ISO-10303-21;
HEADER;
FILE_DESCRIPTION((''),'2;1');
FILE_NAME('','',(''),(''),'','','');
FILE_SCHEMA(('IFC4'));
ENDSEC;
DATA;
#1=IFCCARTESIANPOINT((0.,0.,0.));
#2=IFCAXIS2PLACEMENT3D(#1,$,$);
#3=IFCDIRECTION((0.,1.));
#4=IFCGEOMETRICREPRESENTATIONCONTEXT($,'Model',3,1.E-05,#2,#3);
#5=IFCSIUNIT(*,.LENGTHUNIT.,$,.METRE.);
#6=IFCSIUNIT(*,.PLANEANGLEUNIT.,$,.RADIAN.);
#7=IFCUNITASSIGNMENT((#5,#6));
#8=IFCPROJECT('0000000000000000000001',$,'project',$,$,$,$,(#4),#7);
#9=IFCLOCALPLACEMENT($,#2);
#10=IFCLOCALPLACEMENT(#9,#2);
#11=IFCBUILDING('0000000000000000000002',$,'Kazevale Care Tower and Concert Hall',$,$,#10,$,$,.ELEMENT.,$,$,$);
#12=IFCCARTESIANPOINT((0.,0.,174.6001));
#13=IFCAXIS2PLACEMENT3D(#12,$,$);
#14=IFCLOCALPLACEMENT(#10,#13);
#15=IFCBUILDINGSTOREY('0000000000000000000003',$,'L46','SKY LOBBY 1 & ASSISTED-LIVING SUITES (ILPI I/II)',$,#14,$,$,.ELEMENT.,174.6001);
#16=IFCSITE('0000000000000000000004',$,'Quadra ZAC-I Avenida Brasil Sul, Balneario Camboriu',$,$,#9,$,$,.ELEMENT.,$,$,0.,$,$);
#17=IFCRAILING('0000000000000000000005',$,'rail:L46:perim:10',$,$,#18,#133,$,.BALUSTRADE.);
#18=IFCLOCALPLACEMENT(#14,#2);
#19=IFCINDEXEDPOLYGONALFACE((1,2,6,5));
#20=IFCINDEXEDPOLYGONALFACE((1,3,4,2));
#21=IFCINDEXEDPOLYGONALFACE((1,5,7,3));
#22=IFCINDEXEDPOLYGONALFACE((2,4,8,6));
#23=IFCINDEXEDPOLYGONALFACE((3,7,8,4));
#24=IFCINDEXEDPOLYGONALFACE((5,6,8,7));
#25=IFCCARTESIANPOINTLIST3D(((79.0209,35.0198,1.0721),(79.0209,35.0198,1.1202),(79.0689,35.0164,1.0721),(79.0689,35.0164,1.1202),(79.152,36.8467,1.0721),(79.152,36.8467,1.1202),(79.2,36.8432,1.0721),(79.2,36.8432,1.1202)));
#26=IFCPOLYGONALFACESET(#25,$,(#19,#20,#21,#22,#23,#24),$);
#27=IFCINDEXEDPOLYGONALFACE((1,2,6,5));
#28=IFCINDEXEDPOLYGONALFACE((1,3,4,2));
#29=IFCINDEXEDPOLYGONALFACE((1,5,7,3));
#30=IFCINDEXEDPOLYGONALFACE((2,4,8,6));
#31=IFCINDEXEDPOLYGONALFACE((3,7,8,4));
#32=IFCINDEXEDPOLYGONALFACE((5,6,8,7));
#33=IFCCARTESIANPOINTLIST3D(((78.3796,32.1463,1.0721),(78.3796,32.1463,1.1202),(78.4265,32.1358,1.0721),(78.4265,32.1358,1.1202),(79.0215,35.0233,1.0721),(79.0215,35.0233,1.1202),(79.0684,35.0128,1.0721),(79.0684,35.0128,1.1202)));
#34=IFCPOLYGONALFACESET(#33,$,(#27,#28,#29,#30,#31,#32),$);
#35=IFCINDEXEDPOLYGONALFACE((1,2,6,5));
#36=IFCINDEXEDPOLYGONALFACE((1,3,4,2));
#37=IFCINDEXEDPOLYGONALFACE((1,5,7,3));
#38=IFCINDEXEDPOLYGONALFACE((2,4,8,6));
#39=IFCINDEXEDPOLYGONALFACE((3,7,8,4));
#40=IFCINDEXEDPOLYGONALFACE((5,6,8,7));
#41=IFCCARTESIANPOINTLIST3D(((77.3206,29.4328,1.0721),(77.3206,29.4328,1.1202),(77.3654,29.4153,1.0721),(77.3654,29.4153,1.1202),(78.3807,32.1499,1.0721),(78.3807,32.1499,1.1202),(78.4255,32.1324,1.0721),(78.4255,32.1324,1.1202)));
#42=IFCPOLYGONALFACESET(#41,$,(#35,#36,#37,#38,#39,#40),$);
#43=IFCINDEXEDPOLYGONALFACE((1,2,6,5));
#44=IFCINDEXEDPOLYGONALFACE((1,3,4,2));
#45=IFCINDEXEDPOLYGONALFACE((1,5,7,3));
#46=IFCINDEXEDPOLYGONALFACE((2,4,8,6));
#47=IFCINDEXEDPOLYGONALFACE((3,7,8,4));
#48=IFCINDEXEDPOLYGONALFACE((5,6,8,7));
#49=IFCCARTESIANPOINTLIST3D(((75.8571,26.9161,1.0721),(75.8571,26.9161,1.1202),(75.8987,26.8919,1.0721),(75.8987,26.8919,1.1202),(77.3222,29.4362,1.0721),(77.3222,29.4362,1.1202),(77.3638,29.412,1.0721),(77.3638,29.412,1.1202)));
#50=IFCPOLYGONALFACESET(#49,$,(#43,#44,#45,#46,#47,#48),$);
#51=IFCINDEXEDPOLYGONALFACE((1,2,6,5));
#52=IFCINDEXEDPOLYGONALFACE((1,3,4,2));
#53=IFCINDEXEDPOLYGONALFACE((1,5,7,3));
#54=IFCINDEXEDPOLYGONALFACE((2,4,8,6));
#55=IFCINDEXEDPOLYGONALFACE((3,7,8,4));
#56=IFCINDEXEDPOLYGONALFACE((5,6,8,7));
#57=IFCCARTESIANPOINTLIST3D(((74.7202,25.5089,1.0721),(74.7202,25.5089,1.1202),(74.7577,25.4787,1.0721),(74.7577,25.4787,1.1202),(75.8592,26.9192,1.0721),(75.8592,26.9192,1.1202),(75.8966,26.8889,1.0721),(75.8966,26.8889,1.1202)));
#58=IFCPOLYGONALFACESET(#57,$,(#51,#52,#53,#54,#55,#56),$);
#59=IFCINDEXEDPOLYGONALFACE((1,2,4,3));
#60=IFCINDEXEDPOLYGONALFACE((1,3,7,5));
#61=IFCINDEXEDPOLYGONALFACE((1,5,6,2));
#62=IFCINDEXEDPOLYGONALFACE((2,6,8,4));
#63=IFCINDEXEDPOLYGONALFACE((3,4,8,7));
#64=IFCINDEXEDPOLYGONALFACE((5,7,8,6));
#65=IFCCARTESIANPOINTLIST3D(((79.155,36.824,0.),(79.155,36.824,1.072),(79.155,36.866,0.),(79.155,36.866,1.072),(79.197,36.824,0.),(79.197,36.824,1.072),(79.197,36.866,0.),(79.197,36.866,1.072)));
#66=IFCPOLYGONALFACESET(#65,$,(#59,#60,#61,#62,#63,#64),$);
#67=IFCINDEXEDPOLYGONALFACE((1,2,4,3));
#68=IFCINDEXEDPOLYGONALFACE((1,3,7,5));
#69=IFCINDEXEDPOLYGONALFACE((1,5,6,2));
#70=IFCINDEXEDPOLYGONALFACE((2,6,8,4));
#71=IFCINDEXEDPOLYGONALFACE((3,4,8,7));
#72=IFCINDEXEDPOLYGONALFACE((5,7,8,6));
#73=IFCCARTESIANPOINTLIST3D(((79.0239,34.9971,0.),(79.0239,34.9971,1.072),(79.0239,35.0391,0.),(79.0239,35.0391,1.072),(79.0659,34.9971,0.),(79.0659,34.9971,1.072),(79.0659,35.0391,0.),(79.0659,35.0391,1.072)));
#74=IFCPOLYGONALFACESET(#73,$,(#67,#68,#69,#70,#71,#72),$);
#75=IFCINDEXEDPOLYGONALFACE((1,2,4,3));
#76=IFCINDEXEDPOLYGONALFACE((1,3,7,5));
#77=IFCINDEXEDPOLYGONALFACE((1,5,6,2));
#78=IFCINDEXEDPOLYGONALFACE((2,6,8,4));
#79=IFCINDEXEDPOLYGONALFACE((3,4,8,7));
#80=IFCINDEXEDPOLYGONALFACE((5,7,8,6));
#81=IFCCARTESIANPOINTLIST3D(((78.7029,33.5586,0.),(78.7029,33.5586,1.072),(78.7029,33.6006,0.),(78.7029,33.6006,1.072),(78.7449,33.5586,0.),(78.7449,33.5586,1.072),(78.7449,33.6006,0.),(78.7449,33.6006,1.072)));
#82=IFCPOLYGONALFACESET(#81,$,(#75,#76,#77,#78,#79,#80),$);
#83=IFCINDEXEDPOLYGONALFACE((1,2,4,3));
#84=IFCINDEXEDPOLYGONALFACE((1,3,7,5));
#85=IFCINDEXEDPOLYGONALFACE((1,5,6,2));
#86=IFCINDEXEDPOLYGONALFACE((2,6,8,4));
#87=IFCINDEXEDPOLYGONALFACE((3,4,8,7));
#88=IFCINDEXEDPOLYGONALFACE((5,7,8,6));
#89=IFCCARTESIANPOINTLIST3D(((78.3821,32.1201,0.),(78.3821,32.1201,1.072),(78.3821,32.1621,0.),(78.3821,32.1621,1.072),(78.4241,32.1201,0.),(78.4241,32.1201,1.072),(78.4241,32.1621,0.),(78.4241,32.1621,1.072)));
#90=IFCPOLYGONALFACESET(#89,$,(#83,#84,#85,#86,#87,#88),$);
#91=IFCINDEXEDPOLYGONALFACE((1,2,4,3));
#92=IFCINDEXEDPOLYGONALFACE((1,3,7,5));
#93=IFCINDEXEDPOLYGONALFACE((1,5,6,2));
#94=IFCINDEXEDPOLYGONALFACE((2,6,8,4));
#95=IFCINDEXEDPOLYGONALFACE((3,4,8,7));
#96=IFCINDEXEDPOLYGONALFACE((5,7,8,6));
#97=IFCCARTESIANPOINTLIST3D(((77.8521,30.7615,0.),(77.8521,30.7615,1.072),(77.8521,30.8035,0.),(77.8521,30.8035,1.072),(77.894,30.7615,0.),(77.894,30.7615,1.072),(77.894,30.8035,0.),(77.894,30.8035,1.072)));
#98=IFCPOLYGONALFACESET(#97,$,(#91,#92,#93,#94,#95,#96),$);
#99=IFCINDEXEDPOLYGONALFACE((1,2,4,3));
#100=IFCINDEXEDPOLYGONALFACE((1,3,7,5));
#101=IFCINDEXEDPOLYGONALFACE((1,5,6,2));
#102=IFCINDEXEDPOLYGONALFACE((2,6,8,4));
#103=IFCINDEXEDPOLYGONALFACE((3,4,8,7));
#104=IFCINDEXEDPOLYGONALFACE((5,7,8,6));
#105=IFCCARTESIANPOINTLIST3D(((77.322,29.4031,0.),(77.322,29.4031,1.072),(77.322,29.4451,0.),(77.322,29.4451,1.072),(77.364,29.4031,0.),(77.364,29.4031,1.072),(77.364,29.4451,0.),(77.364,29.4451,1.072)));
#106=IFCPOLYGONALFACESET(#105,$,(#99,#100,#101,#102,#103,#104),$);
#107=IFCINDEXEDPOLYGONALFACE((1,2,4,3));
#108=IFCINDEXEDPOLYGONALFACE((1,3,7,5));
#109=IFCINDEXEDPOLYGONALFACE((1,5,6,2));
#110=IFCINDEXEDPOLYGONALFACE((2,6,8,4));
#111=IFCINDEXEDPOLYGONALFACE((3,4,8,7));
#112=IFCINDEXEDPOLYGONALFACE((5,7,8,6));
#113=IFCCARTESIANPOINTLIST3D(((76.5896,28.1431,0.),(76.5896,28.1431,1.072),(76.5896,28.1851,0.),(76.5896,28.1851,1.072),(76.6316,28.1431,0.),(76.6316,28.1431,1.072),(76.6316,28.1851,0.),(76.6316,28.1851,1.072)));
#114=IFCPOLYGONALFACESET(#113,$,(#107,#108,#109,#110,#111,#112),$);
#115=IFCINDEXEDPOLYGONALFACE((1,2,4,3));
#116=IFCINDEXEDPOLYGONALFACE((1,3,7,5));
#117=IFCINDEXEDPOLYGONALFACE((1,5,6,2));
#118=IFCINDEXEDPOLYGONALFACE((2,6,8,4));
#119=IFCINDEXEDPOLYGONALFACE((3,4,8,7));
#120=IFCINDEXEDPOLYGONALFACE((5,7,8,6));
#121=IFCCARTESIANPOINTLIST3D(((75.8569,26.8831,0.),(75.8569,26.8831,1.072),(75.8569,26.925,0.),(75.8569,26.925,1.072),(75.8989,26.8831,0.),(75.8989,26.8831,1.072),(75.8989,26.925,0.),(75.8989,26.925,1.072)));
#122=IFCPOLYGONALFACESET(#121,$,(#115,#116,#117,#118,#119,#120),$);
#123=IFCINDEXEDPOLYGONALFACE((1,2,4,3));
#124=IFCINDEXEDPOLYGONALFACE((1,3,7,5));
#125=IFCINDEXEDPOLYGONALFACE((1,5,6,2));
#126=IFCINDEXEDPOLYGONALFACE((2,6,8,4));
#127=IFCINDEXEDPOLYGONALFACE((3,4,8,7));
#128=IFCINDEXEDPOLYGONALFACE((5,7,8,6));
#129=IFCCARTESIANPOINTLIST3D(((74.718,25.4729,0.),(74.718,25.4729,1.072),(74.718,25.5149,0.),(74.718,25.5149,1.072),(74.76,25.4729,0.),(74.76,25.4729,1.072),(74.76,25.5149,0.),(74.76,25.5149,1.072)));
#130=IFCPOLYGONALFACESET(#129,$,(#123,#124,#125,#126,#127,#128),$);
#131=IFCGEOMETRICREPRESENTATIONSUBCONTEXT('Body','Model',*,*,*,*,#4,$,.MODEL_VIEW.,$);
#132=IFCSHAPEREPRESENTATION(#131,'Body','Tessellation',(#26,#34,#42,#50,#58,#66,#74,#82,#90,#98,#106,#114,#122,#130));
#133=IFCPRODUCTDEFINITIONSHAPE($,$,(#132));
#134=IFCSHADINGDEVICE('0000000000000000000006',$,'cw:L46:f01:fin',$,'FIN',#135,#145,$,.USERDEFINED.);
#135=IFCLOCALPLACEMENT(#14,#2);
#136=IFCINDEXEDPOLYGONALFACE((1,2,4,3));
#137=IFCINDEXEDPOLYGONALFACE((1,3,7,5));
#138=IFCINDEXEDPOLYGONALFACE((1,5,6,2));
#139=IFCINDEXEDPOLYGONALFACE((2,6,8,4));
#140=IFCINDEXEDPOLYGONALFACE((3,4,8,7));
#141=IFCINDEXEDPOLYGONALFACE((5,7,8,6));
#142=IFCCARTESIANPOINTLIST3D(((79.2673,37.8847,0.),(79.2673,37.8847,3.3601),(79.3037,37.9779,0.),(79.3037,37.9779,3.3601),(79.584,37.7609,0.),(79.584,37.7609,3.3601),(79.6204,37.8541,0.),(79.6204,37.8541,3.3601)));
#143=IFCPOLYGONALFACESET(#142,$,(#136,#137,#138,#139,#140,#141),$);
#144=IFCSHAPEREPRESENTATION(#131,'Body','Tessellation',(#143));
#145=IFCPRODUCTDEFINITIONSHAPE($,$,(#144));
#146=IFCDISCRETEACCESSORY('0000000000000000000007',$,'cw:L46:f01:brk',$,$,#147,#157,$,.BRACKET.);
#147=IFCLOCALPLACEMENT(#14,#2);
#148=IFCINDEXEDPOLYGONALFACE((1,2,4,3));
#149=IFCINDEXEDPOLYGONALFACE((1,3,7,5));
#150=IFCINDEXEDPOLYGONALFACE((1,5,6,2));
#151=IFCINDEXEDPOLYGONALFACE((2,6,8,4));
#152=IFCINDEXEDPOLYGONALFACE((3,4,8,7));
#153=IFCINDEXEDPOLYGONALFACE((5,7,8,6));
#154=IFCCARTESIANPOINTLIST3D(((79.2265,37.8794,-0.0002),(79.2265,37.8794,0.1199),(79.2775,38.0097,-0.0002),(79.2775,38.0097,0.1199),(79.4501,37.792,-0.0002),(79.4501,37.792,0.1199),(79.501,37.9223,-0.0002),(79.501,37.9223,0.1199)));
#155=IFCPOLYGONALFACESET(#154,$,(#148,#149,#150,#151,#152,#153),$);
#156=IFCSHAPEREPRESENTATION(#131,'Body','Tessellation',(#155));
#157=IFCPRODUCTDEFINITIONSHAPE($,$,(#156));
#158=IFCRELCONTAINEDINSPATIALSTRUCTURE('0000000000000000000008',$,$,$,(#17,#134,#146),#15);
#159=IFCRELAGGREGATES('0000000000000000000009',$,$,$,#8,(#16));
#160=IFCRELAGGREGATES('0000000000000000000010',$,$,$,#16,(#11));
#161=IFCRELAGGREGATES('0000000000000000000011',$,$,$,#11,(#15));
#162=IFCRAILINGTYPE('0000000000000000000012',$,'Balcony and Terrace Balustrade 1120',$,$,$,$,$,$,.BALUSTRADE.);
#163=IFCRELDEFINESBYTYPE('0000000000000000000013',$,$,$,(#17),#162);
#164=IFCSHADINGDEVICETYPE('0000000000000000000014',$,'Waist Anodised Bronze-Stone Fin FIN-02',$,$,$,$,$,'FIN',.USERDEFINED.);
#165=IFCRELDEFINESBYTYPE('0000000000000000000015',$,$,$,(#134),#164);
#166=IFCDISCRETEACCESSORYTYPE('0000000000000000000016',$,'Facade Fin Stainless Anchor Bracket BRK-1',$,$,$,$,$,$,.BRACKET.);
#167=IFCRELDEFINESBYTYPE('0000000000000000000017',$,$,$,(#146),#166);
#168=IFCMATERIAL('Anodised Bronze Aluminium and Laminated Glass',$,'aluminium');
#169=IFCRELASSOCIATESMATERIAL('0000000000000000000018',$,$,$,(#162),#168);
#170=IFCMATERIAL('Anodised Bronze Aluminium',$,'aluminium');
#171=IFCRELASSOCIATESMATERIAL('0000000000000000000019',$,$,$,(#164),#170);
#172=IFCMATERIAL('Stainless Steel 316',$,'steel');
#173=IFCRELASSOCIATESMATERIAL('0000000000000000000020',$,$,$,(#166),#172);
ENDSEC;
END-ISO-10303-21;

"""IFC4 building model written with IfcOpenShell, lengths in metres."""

from ifc_helpers import new_model, si_unit, direction, frame, origin, origin_2d, place, context, subcontext, project, spatial, rectangle, extrude, material, type_object, element, save


model = new_model("IFC4")

# Units and contexts
model_context = context("Model", 3, precision=1e-05, world=origin(), true_north=direction((0.0, 1.0)))
body_context = subcontext(model_context, "Body", "Model", "MODEL_VIEW")
ifc_project = project(units=[si_unit("LENGTHUNIT", "METRE"), si_unit("PLANEANGLEUNIT", "RADIAN")], contexts=[model_context])

# Site, building, storey
site_placement = place(None, origin())
site = spatial("IfcSite", under=ifc_project, at=site_placement, Name="Quadra ZAC-I Avenida Brasil Sul, Balneario Camboriu", CompositionType="ELEMENT", RefElevation=0.0)
building_placement = place(site_placement, origin())
building = spatial("IfcBuilding", under=site, at=building_placement, Name="Kazevale Care Tower and Concert Hall", CompositionType="ELEMENT")
storey_placement = place(building_placement, frame((0.0, 0.0, 174.6001)))
storey = spatial("IfcBuildingStorey", under=building, at=storey_placement, Name="L46", Description="SKY LOBBY 1 & ASSISTED-LIVING SUITES (ILPI I/II)", CompositionType="ELEMENT", Elevation=174.6001)

# Railing
ifc_material_1 = material(Name="Anodised Bronze Aluminium and Laminated Glass", Category="aluminium")
railing_type = type_object("IfcRailingType", Name="Balcony and Terrace Balustrade 1120", PredefinedType="BALUSTRADE", material=ifc_material_1)
railing_placement = place(storey_placement, frame((79.176, 36.845, 0.0)))
element("IfcRailing", 1, at=railing_placement, inside=storey, type_object=railing_type, Name="rail:L46:perim:10", PredefinedType="BALUSTRADE", context=body_context, shape_type="SweptSolid", body=[
    extrude(rectangle(XDim=0.0481, YDim=0.0481, at=origin_2d()), frame((0.0, 0.0, 1.0962), z_axis=(-0.071579, -0.997435, 0.0), x_axis=(0.997435, -0.071579, 0.0)), (0.0, 0.0, 1.0), 1.8315),
    extrude(rectangle(XDim=0.0481, YDim=0.0481, at=origin_2d()), frame((-0.1311, -1.8269, 1.0962), z_axis=(-0.217746, -0.976005, 0.0), x_axis=(0.976005, -0.217746, 0.0)), (0.0, 0.0, 1.0), 2.9478),
    extrude(rectangle(XDim=0.0481, YDim=0.0481, at=origin_2d()), frame((-0.7729, -4.7039, 1.0962), z_axis=(-0.363468, -0.931607, 0.0), x_axis=(0.931607, -0.363468, 0.0)), (0.0, 0.0, 1.0), 2.9165),
    extrude(rectangle(XDim=0.0481, YDim=0.0481, at=origin_2d()), frame((-1.833, -7.4209, 1.0962), z_axis=(-0.50261, -0.864513, 0.0), x_axis=(0.864513, -0.50261, 0.0)), (0.0, 0.0, 1.0), 2.915),
    extrude(rectangle(XDim=0.0481, YDim=0.0481, at=origin_2d()), frame((-3.2981, -9.9409, 1.0962), z_axis=(-0.628318, -0.777956, 0.0), x_axis=(0.777956, -0.628318, 0.0)), (0.0, 0.0, 1.0), 1.8127),
    extrude(rectangle(XDim=0.042, YDim=0.042, at=origin_2d()), origin(), (0.0, 0.0, 1.0), 1.072),
    extrude(rectangle(XDim=0.042, YDim=0.042, at=origin_2d()), frame((-0.1311, -1.8269, 0.0)), (0.0, 0.0, 1.0), 1.072),
    extrude(rectangle(XDim=0.042, YDim=0.042, at=origin_2d()), frame((-0.4521, -3.2654, 0.0)), (0.0, 0.0, 1.0), 1.072),
    extrude(rectangle(XDim=0.042, YDim=0.042, at=origin_2d()), frame((-0.7729, -4.7039, 0.0)), (0.0, 0.0, 1.0), 1.072),
    extrude(rectangle(XDim=0.042, YDim=0.042, at=origin_2d()), frame((-1.303, -6.0625, 0.0)), (0.0, 0.0, 1.0), 1.072),
    extrude(rectangle(XDim=0.042, YDim=0.042, at=origin_2d()), frame((-1.833, -7.4209, 0.0)), (0.0, 0.0, 1.0), 1.072),
    extrude(rectangle(XDim=0.042, YDim=0.042, at=origin_2d()), frame((-2.5654, -8.6809, 0.0)), (0.0, 0.0, 1.0), 1.072),
    extrude(rectangle(XDim=0.042, YDim=0.042, at=origin_2d()), frame((-3.2981, -9.9409, 0.0)), (0.0, 0.0, 1.0), 1.072),
    extrude(rectangle(XDim=0.042, YDim=0.042, at=origin_2d()), frame((-4.437, -11.3511, 0.0)), (0.0, 0.0, 1.0), 1.072),
])

# Shading device
ifc_material_2 = material(Name="Anodised Bronze Aluminium", Category="aluminium")
shading_device_type = type_object("IfcShadingDeviceType", Name="Waist Anodised Bronze-Stone Fin FIN-02", ElementType="FIN", PredefinedType="USERDEFINED", material=ifc_material_2)
shading_device_placement = place(storey_placement, frame((79.4438, 37.8694, 0.0), z_axis=(0.0, 0.0, 1.0), x_axis=(0.931374, -0.364064, 0.0)))
element("IfcShadingDevice", 2, at=shading_device_placement, inside=storey, type_object=shading_device_type, Name="cw:L46:f01:fin", ObjectType="FIN", PredefinedType="USERDEFINED", context=body_context, shape_type="SweptSolid", body=[
    extrude(rectangle(XDim=0.3401, YDim=0.1001, at=origin_2d()), origin(), (0.0, 0.0, 1.0), 3.3601),
])

# Discrete accessory
ifc_material_3 = material(Name="Stainless Steel 316", Category="steel")
discrete_accessory_type = type_object("IfcDiscreteAccessoryType", Name="Facade Fin Stainless Anchor Bracket BRK-1", PredefinedType="BRACKET", material=ifc_material_3)
discrete_accessory_placement = place(storey_placement, frame((79.3638, 37.9009, -0.0002), z_axis=(0.0, 0.0, 1.0), x_axis=(0.931374, -0.364064, 0.0)))
element("IfcDiscreteAccessory", 3, at=discrete_accessory_placement, inside=storey, type_object=discrete_accessory_type, Name="cw:L46:f01:brk", PredefinedType="BRACKET", context=body_context, shape_type="SweptSolid", body=[
    extrude(rectangle(XDim=0.24, YDim=0.1399, at=origin_2d()), origin(), (0.0, 0.0, 1.0), 0.1201),
])

save(model, "model.ifc")
